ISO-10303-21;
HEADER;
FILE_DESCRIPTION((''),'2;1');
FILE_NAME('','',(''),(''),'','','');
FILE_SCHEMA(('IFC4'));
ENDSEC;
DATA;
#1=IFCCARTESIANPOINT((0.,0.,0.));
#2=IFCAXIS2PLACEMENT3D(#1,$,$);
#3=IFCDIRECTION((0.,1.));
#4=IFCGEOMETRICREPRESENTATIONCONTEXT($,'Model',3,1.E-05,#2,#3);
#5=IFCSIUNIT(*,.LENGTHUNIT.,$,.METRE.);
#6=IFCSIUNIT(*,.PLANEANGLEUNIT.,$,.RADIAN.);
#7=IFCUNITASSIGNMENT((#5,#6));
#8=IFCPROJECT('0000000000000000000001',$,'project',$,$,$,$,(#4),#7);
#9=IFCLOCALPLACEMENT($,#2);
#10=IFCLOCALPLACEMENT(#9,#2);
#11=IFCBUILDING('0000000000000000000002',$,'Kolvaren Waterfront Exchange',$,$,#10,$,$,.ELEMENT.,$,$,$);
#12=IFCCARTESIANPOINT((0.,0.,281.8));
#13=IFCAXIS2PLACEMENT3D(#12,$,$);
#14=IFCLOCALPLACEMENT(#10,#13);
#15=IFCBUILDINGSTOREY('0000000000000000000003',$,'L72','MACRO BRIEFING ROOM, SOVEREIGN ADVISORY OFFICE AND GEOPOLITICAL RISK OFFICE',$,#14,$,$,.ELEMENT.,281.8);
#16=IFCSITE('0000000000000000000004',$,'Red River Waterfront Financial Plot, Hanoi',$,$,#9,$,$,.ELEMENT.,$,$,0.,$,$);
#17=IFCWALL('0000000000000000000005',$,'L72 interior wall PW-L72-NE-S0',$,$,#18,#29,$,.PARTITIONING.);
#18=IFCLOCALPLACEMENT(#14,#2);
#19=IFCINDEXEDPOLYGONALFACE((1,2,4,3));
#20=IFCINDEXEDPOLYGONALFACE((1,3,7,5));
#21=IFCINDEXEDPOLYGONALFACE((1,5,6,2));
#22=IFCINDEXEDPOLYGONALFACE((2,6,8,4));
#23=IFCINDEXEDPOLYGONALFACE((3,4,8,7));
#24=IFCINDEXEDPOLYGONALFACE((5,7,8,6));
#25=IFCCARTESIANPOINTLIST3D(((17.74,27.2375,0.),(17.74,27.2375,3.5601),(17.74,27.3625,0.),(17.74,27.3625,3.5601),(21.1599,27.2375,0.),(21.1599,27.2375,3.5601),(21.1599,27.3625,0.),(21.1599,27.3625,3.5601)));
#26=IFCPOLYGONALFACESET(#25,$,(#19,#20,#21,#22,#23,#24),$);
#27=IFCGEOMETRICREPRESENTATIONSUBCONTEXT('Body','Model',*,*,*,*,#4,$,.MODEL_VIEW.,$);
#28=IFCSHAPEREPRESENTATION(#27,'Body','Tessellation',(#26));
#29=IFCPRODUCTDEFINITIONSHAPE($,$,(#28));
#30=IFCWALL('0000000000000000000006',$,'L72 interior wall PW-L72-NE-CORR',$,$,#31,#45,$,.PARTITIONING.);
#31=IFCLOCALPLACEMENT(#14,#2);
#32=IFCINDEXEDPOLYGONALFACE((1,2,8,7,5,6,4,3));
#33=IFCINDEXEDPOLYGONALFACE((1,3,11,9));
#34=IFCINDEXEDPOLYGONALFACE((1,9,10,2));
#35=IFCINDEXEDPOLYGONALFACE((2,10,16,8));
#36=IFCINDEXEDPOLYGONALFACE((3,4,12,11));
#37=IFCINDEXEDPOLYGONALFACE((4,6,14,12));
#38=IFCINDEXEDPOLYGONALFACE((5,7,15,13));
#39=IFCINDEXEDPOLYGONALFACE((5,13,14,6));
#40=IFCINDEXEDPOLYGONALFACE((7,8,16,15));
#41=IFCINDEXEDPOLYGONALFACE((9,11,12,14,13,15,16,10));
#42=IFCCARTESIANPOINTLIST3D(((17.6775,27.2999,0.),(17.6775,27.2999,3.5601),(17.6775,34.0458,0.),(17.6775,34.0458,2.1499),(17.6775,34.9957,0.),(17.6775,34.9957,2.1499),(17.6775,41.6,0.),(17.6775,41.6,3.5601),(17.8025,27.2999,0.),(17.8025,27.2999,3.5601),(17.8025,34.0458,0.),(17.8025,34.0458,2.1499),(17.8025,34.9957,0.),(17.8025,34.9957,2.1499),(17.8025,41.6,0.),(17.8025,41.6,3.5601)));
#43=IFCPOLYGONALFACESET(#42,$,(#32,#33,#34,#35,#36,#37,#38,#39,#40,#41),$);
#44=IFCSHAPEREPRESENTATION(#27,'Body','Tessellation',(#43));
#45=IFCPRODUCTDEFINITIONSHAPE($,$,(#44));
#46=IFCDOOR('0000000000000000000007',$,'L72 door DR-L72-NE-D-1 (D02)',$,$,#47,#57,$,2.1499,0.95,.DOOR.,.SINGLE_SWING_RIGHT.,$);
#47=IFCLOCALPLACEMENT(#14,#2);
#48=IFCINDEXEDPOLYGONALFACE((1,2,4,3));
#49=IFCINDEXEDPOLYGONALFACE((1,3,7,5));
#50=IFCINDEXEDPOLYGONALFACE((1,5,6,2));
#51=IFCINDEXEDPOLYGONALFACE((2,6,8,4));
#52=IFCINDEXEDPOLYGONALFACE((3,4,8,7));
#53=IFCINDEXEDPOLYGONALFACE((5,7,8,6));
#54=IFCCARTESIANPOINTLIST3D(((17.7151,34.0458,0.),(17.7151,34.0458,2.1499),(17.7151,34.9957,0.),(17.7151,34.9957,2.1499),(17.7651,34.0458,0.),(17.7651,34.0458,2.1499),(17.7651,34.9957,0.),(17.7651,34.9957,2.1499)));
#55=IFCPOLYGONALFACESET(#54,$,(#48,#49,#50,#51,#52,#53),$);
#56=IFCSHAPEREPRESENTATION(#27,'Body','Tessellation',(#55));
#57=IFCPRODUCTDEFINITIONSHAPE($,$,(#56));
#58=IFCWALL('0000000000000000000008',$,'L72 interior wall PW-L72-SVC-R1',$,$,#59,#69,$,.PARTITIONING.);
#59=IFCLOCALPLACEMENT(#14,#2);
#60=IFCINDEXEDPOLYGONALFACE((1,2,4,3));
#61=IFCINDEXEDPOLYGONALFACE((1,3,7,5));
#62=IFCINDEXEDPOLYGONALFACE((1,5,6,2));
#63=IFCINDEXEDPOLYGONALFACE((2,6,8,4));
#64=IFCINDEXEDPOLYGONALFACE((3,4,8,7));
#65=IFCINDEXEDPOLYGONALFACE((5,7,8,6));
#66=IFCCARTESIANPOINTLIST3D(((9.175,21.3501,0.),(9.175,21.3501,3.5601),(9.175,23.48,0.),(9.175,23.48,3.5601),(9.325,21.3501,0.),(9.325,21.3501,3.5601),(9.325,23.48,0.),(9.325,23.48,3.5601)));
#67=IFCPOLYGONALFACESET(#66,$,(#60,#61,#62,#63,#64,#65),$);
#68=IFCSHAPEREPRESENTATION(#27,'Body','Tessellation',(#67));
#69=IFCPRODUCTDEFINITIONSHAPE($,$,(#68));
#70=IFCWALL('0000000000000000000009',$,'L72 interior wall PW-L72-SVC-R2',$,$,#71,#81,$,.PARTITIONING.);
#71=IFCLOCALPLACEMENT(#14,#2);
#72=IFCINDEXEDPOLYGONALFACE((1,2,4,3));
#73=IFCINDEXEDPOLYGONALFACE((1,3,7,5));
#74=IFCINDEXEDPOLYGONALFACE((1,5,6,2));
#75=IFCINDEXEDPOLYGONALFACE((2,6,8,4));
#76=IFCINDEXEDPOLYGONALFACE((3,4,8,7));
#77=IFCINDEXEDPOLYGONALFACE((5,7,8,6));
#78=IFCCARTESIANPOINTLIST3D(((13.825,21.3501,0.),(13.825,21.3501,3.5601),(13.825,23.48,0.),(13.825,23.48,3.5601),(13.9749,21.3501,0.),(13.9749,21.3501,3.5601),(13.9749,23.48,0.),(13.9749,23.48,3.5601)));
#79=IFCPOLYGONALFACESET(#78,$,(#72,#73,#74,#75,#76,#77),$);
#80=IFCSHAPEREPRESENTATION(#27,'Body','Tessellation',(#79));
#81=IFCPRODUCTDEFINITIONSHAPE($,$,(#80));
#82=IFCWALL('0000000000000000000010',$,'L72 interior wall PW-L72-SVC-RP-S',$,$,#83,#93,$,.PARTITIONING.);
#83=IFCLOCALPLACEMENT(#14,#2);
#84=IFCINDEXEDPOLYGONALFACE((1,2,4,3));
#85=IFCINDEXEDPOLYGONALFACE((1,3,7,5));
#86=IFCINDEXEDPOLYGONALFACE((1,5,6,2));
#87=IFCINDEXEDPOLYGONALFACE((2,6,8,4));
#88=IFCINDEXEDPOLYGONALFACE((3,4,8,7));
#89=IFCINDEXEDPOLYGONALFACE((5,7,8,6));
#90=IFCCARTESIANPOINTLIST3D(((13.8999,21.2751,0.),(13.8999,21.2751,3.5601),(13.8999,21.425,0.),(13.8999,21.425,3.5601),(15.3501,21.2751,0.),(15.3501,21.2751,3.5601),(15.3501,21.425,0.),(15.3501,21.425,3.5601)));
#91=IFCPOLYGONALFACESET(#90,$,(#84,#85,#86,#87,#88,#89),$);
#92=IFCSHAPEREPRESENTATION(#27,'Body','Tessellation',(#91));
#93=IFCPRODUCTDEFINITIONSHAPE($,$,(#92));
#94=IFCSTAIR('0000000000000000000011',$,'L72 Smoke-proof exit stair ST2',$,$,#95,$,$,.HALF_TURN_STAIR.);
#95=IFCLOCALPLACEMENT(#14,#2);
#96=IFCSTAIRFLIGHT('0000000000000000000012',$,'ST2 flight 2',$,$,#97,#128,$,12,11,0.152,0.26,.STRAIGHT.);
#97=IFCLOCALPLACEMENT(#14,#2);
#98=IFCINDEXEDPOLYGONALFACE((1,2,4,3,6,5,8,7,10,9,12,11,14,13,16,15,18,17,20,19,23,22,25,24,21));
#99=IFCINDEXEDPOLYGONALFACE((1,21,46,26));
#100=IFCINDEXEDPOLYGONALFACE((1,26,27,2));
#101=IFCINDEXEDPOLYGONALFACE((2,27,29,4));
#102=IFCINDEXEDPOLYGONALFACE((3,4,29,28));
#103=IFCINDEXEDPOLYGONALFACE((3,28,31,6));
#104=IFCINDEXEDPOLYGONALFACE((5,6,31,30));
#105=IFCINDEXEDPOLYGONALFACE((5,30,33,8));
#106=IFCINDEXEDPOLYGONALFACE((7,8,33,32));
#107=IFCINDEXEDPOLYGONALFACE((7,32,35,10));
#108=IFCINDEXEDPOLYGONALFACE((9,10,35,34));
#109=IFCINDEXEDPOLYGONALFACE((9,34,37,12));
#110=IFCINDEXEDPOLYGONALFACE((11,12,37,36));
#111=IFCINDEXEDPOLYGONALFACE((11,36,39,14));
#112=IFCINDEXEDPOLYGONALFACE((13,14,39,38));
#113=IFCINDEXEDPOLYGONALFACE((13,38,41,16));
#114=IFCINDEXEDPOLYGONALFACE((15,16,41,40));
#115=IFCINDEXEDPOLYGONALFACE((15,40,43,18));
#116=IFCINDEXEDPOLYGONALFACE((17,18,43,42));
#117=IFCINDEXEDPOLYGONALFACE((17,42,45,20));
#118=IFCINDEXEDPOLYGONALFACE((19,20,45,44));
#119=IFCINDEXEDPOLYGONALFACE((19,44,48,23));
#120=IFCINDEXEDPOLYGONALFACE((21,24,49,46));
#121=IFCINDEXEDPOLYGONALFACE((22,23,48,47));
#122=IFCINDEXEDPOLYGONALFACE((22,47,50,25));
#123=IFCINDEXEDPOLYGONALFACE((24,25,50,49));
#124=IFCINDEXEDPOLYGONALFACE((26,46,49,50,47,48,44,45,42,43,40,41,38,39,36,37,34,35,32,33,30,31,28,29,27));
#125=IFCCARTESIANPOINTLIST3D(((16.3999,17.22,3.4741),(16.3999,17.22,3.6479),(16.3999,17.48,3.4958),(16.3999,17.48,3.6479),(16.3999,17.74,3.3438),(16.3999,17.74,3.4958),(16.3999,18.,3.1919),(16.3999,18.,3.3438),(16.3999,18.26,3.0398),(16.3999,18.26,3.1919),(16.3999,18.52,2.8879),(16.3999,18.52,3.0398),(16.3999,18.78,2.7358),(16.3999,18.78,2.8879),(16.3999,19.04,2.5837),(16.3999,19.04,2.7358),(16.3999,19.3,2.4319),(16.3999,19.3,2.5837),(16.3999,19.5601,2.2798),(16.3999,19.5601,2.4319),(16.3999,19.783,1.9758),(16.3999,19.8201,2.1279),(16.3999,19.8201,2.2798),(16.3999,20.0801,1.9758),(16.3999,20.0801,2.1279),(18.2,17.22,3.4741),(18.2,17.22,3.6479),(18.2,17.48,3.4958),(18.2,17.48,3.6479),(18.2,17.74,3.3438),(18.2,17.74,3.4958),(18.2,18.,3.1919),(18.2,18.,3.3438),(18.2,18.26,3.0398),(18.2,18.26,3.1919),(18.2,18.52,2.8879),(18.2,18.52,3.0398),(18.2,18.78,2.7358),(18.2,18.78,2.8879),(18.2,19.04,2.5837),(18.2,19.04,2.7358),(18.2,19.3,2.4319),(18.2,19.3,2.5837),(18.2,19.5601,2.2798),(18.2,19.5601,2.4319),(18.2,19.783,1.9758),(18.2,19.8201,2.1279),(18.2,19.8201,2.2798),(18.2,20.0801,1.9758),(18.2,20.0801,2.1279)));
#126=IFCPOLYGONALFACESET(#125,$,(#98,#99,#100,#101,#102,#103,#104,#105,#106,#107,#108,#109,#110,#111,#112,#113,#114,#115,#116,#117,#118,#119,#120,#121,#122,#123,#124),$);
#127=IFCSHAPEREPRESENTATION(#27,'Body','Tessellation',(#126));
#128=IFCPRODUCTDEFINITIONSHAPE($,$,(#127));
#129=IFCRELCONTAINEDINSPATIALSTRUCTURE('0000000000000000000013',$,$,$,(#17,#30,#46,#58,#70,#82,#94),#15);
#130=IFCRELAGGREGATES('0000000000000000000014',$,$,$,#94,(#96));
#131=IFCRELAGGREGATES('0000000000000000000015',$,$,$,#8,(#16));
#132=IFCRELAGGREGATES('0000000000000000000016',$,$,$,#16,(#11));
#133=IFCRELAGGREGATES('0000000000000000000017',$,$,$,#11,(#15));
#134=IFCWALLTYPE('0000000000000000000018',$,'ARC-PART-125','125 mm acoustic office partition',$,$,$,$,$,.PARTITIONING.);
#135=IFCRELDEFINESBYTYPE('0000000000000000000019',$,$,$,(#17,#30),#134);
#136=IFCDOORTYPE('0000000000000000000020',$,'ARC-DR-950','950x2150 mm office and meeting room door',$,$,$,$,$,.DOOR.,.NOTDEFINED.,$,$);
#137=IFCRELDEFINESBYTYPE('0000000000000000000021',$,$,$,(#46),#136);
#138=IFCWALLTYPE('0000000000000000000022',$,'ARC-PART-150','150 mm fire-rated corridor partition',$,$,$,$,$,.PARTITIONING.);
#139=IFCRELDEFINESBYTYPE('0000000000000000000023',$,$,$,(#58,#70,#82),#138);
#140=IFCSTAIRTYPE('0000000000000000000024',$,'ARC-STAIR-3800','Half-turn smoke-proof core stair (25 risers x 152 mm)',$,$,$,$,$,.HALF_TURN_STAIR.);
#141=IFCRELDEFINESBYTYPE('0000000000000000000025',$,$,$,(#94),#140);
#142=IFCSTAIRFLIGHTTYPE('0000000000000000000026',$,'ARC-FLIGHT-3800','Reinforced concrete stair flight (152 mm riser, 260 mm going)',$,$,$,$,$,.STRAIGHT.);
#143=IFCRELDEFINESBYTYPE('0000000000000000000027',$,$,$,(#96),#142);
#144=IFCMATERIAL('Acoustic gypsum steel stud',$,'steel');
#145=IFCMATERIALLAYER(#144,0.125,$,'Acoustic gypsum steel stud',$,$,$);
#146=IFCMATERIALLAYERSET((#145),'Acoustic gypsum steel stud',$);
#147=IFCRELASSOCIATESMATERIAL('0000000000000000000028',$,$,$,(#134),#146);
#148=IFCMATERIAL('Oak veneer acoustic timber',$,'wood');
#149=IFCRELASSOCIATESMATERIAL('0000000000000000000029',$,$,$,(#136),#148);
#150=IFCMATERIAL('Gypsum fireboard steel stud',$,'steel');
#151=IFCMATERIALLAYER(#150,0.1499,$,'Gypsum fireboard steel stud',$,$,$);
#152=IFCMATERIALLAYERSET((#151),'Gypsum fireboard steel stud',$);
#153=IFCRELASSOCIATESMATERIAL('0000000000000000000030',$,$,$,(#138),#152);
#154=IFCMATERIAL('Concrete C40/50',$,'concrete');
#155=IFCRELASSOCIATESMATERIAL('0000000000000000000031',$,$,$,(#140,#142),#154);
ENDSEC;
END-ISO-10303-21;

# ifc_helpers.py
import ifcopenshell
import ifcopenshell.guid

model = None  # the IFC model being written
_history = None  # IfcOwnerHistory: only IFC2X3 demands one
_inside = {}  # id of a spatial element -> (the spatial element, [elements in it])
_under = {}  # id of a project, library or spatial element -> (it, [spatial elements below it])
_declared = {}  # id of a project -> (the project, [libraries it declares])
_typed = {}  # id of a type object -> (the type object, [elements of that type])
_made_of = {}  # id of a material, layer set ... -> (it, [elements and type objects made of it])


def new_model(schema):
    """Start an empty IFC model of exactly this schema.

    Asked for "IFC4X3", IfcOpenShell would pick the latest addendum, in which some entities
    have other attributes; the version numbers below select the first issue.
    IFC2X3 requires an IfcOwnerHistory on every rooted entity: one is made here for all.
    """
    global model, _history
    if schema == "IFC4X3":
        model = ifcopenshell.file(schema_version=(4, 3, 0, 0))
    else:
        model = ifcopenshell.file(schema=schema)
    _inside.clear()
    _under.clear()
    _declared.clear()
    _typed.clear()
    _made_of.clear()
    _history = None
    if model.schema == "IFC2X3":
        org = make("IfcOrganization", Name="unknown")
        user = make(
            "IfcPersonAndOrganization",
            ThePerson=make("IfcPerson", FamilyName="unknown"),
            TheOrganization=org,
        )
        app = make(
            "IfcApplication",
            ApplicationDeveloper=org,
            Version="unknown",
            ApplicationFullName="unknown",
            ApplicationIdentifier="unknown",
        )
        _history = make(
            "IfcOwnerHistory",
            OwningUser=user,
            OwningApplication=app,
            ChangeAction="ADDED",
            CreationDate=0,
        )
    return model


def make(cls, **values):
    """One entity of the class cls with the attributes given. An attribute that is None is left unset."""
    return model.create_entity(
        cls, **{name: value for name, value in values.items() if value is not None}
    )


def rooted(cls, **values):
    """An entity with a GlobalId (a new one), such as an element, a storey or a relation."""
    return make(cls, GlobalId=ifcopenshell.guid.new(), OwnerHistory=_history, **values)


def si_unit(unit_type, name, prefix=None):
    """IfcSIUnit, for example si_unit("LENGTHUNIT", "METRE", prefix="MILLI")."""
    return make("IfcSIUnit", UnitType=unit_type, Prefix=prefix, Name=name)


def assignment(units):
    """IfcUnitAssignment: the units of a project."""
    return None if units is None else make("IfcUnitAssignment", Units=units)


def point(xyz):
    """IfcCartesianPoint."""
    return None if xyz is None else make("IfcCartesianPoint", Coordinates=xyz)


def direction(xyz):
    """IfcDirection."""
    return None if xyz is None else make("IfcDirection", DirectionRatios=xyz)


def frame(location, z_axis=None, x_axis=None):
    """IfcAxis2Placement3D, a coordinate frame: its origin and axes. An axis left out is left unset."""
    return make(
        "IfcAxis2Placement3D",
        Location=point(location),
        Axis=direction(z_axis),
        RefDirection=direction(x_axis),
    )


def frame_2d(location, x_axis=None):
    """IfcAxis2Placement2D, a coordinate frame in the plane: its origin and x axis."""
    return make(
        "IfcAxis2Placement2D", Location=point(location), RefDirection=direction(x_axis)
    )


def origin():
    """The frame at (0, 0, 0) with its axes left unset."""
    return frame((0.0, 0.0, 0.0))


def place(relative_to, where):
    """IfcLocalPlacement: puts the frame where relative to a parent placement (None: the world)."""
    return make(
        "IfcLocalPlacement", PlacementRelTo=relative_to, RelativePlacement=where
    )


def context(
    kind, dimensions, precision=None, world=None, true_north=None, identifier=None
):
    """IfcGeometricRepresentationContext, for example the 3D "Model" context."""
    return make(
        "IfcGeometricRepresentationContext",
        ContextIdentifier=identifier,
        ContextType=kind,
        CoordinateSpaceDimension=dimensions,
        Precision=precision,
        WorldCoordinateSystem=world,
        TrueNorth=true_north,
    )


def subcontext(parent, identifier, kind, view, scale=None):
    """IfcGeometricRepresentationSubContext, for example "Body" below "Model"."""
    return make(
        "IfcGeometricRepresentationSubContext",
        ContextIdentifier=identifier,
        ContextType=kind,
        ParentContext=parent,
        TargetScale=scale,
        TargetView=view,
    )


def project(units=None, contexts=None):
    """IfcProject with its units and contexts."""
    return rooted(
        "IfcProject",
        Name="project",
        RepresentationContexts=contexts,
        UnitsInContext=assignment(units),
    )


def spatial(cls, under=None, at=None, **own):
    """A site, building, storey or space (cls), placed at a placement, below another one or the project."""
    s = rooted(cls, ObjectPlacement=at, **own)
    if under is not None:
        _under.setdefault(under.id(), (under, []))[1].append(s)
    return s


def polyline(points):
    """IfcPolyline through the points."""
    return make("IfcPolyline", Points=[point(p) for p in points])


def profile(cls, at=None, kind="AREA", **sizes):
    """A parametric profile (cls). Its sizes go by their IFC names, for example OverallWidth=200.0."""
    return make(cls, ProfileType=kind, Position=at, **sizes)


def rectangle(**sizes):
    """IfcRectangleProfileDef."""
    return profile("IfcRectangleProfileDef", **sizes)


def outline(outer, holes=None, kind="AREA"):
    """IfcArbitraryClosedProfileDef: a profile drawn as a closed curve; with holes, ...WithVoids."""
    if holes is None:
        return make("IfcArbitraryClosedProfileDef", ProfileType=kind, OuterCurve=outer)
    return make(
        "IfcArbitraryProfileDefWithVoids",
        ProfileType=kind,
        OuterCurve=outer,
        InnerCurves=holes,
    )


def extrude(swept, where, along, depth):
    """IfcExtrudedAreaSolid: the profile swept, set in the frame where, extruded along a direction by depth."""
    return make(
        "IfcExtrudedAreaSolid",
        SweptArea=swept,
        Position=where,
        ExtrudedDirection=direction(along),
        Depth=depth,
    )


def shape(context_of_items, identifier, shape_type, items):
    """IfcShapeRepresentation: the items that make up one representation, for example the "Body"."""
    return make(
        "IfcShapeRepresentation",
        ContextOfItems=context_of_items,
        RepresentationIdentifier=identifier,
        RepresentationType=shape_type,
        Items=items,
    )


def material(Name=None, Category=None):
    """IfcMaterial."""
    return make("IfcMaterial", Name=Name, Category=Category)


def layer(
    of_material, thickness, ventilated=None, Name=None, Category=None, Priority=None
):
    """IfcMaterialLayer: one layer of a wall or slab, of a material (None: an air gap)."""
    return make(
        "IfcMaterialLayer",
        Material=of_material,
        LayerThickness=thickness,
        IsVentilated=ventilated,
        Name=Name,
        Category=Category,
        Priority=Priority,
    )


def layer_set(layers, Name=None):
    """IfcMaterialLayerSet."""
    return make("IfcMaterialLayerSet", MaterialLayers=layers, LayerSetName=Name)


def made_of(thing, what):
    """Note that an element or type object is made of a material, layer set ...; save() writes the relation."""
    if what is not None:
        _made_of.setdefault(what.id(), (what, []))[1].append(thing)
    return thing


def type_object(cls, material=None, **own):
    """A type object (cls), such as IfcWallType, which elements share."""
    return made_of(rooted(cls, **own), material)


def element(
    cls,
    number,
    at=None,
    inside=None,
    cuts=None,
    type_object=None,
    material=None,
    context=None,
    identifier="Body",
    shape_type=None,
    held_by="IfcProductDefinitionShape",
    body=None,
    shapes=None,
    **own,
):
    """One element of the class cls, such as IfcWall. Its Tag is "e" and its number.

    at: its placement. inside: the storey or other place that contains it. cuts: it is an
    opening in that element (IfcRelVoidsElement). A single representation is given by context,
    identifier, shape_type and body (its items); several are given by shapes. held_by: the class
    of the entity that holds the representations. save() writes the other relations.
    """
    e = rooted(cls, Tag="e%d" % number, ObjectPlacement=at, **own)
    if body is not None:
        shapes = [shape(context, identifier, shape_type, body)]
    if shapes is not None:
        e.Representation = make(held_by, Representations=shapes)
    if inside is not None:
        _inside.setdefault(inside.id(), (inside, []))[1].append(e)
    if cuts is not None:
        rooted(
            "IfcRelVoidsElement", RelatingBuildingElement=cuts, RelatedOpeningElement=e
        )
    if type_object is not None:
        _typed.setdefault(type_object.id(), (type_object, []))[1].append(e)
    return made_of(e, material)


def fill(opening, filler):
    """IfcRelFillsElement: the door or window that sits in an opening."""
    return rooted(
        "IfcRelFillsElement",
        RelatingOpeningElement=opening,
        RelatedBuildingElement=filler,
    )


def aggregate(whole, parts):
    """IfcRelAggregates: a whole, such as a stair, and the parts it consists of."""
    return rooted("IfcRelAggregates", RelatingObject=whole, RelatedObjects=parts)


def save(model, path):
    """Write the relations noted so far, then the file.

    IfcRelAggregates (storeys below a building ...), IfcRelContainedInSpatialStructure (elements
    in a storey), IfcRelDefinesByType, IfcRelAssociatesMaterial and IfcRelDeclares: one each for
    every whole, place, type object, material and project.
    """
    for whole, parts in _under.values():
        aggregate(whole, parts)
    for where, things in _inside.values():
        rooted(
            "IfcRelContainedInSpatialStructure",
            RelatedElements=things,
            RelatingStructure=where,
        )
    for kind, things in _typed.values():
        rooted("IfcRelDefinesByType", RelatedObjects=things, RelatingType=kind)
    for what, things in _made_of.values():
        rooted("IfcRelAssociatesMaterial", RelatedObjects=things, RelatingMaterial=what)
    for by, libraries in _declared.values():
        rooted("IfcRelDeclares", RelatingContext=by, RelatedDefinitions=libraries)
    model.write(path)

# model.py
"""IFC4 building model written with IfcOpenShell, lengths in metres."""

from ifc_helpers import new_model, si_unit, direction, frame, frame_2d, origin, place, context, subcontext, project, spatial, polyline, rectangle, outline, extrude, material, layer, layer_set, type_object, element, fill, aggregate, save


model = new_model("IFC4")

# Units and contexts
model_context = context("Model", 3, precision=1e-05, world=origin(), true_north=direction((0.0, 1.0)))
body_context = subcontext(model_context, "Body", "Model", "MODEL_VIEW")
ifc_project = project(units=[si_unit("LENGTHUNIT", "METRE"), si_unit("PLANEANGLEUNIT", "RADIAN")], contexts=[model_context])

# Site, building, storey
site_placement = place(None, origin())
site = spatial("IfcSite", under=ifc_project, at=site_placement, Name="Red River Waterfront Financial Plot, Hanoi", CompositionType="ELEMENT", RefElevation=0.0)
building_placement = place(site_placement, origin())
building = spatial("IfcBuilding", under=site, at=building_placement, Name="Kolvaren Waterfront Exchange", CompositionType="ELEMENT")
storey_placement = place(building_placement, frame((0.0, 0.0, 281.8)))
storey = spatial("IfcBuildingStorey", under=building, at=storey_placement, Name="L72", Description="MACRO BRIEFING ROOM, SOVEREIGN ADVISORY OFFICE AND GEOPOLITICAL RISK OFFICE", CompositionType="ELEMENT", Elevation=281.8)

# Shared definitions
ifc_material_1 = material(Name="Acoustic gypsum steel stud", Category="steel")
ifc_layer_1 = layer(ifc_material_1, 0.125, Name="Acoustic gypsum steel stud")
ifc_layer_set_1 = layer_set([ifc_layer_1], Name="Acoustic gypsum steel stud")
wall_type_1 = type_object("IfcWallType", Name="ARC-PART-125", Description="125 mm acoustic office partition", PredefinedType="PARTITIONING", material=ifc_layer_set_1)

# Shared definitions
ifc_material_2 = material(Name="Oak veneer acoustic timber", Category="wood")
door_type_1 = type_object("IfcDoorType", Name="ARC-DR-950", Description="950x2150 mm office and meeting room door", OperationType="NOTDEFINED", PredefinedType="DOOR", material=ifc_material_2)

# Wall
wall_1_placement = place(storey_placement, frame((17.74, 27.3, 0.0), z_axis=(0.0, 0.0, 1.0), x_axis=(1.0, 0.0, 0.0)))
element("IfcWall", 1, at=wall_1_placement, inside=storey, type_object=wall_type_1, Name="L72 interior wall PW-L72-NE-S0", PredefinedType="PARTITIONING", context=body_context, shape_type="SweptSolid", body=[
    extrude(rectangle(XDim=3.4199, YDim=0.125, at=frame_2d((1.71, 0.0))), origin(), (0.0, 0.0, 1.0), 3.5601),
])

# Wall, opening, door
wall_2_placement = place(storey_placement, frame((17.74, 27.3, 0.0), z_axis=(0.0, 0.0, 1.0), x_axis=(0.0, 1.0, 0.0)))
wall_2 = element("IfcWall", 2, at=wall_2_placement, inside=storey, type_object=wall_type_1, Name="L72 interior wall PW-L72-NE-CORR", PredefinedType="PARTITIONING", context=body_context, shape_type="SweptSolid", body=[
    extrude(rectangle(XDim=14.3, YDim=0.125, at=frame_2d((7.1499, 0.0))), origin(), (0.0, 0.0, 1.0), 3.5601),
])
opening_1_placement = place(wall_2_placement, frame((6.7456, 0.0, 0.0)))
opening_1 = element("IfcOpeningElement", 3, at=opening_1_placement, cuts=wall_2, PredefinedType="OPENING", context=body_context, shape_type="SweptSolid", body=[
    extrude(rectangle(XDim=0.95, YDim=2.1499, at=frame_2d((0.4751, 1.075))), frame((0.0, 0.0725, 0.0), z_axis=(0.0, -1.0, 0.0), x_axis=(1.0, 0.0, 0.0)), (0.0, 0.0, 1.0), 0.145),
])
door_1_placement = place(opening_1_placement, origin())
door_1 = element("IfcDoor", 4, at=door_1_placement, inside=storey, type_object=door_type_1, Name="L72 door DR-L72-NE-D-1 (D02)", OperationType="SINGLE_SWING_RIGHT", OverallHeight=2.1499, OverallWidth=0.95, PredefinedType="DOOR", context=body_context, shape_type="SweptSolid", body=[
    extrude(rectangle(XDim=0.95, YDim=2.1499, at=frame_2d((0.4751, 1.075))), frame((0.0, 0.0249, 0.0), z_axis=(0.0, -1.0, 0.0), x_axis=(1.0, 0.0, 0.0)), (0.0, 0.0, 1.0), 0.05),
])
fill(opening_1, door_1)

# Walls
ifc_material_3 = material(Name="Gypsum fireboard steel stud", Category="steel")
ifc_layer_2 = layer(ifc_material_3, 0.1499, Name="Gypsum fireboard steel stud")
ifc_layer_set_2 = layer_set([ifc_layer_2], Name="Gypsum fireboard steel stud")
wall_type_2 = type_object("IfcWallType", Name="ARC-PART-150", Description="150 mm fire-rated corridor partition", PredefinedType="PARTITIONING", material=ifc_layer_set_2)
for number, where, z_axis, x_axis, name in (
    (5, (9.25, 21.3501, 0.0), (0.0, 0.0, 1.0), (0.0, 1.0, 0.0), "L72 interior wall PW-L72-SVC-R1"),
    (6, (13.8999, 21.3501, 0.0), (0.0, 0.0, 1.0), (0.0, 1.0, 0.0), "L72 interior wall PW-L72-SVC-R2"),
):
    element("IfcWall", number, at=place(storey_placement, frame(where, z_axis=z_axis, x_axis=x_axis)), inside=storey, type_object=wall_type_2, Name=name, PredefinedType="PARTITIONING", context=body_context, shape_type="SweptSolid", body=[
        extrude(rectangle(XDim=2.1299, YDim=0.1499, at=frame_2d((1.0649, 0.0))), origin(), (0.0, 0.0, 1.0), 3.5601),
    ])
wall_3_placement = place(storey_placement, frame((13.8999, 21.3501, 0.0), z_axis=(0.0, 0.0, 1.0), x_axis=(1.0, 0.0, 0.0)))
element("IfcWall", 7, at=wall_3_placement, inside=storey, type_object=wall_type_2, Name="L72 interior wall PW-L72-SVC-RP-S", PredefinedType="PARTITIONING", context=body_context, shape_type="SweptSolid", body=[
    extrude(rectangle(XDim=1.4502, YDim=0.1499, at=frame_2d((0.7251, 0.0))), origin(), (0.0, 0.0, 1.0), 3.5601),
])

# Stair, stair flight
ifc_material_4 = material(Name="Concrete C40/50", Category="concrete")
stair_type = type_object("IfcStairType", Name="ARC-STAIR-3800", Description="Half-turn smoke-proof core stair (25 risers x 152 mm)", PredefinedType="HALF_TURN_STAIR", material=ifc_material_4)
stair_placement = place(storey_placement, origin())
stair = element("IfcStair", 8, at=stair_placement, inside=storey, type_object=stair_type, Name="L72 Smoke-proof exit stair ST2", PredefinedType="HALF_TURN_STAIR")
stair_flight_type = type_object("IfcStairFlightType", Name="ARC-FLIGHT-3800", Description="Reinforced concrete stair flight (152 mm riser, 260 mm going)", PredefinedType="STRAIGHT", material=ifc_material_4)
stair_flight_placement = place(storey_placement, frame((17.3, 20.0801, 1.9758), z_axis=(0.0, 0.0, 1.0), x_axis=(0.0, -1.0, 0.0)))
stair_flight = element("IfcStairFlight", 9, at=stair_flight_placement, type_object=stair_flight_type, Name="ST2 flight 2", NumberOfRisers=12, NumberOfTreads=11, PredefinedType="STRAIGHT", RiserHeight=0.152, TreadLength=0.26, context=body_context, shape_type="SweptSolid", body=[
    extrude(outline(polyline([(0.0, 0.0), (0.0, 0.1521), (0.26, 0.1521), (0.26, 0.304), (0.52, 0.304), (0.52, 0.4561), (0.78, 0.4561), (0.78, 0.6079), (1.04, 0.6079), (1.04, 0.76), (1.3, 0.76), (1.3, 0.9121), (1.5601, 0.9121), (1.5601, 1.064), (1.8201, 1.064), (1.8201, 1.2161), (2.0801, 1.2161), (2.0801, 1.3679), (2.3401, 1.3679), (2.3401, 1.52), (2.6001, 1.52), (2.6001, 1.6721), (2.8601, 1.6721), (2.8601, 1.824), (2.8601, 1.4983), (0.2971, 0.0), (0.0, 0.0)])), frame((0.0, 0.8999, 0.0), z_axis=(0.0, -1.0, 0.0), x_axis=(1.0, 0.0, 0.0)), (0.0, 0.0, 1.0), 1.8),
])
aggregate(stair, [stair_flight])

save(model, "model.ifc")
